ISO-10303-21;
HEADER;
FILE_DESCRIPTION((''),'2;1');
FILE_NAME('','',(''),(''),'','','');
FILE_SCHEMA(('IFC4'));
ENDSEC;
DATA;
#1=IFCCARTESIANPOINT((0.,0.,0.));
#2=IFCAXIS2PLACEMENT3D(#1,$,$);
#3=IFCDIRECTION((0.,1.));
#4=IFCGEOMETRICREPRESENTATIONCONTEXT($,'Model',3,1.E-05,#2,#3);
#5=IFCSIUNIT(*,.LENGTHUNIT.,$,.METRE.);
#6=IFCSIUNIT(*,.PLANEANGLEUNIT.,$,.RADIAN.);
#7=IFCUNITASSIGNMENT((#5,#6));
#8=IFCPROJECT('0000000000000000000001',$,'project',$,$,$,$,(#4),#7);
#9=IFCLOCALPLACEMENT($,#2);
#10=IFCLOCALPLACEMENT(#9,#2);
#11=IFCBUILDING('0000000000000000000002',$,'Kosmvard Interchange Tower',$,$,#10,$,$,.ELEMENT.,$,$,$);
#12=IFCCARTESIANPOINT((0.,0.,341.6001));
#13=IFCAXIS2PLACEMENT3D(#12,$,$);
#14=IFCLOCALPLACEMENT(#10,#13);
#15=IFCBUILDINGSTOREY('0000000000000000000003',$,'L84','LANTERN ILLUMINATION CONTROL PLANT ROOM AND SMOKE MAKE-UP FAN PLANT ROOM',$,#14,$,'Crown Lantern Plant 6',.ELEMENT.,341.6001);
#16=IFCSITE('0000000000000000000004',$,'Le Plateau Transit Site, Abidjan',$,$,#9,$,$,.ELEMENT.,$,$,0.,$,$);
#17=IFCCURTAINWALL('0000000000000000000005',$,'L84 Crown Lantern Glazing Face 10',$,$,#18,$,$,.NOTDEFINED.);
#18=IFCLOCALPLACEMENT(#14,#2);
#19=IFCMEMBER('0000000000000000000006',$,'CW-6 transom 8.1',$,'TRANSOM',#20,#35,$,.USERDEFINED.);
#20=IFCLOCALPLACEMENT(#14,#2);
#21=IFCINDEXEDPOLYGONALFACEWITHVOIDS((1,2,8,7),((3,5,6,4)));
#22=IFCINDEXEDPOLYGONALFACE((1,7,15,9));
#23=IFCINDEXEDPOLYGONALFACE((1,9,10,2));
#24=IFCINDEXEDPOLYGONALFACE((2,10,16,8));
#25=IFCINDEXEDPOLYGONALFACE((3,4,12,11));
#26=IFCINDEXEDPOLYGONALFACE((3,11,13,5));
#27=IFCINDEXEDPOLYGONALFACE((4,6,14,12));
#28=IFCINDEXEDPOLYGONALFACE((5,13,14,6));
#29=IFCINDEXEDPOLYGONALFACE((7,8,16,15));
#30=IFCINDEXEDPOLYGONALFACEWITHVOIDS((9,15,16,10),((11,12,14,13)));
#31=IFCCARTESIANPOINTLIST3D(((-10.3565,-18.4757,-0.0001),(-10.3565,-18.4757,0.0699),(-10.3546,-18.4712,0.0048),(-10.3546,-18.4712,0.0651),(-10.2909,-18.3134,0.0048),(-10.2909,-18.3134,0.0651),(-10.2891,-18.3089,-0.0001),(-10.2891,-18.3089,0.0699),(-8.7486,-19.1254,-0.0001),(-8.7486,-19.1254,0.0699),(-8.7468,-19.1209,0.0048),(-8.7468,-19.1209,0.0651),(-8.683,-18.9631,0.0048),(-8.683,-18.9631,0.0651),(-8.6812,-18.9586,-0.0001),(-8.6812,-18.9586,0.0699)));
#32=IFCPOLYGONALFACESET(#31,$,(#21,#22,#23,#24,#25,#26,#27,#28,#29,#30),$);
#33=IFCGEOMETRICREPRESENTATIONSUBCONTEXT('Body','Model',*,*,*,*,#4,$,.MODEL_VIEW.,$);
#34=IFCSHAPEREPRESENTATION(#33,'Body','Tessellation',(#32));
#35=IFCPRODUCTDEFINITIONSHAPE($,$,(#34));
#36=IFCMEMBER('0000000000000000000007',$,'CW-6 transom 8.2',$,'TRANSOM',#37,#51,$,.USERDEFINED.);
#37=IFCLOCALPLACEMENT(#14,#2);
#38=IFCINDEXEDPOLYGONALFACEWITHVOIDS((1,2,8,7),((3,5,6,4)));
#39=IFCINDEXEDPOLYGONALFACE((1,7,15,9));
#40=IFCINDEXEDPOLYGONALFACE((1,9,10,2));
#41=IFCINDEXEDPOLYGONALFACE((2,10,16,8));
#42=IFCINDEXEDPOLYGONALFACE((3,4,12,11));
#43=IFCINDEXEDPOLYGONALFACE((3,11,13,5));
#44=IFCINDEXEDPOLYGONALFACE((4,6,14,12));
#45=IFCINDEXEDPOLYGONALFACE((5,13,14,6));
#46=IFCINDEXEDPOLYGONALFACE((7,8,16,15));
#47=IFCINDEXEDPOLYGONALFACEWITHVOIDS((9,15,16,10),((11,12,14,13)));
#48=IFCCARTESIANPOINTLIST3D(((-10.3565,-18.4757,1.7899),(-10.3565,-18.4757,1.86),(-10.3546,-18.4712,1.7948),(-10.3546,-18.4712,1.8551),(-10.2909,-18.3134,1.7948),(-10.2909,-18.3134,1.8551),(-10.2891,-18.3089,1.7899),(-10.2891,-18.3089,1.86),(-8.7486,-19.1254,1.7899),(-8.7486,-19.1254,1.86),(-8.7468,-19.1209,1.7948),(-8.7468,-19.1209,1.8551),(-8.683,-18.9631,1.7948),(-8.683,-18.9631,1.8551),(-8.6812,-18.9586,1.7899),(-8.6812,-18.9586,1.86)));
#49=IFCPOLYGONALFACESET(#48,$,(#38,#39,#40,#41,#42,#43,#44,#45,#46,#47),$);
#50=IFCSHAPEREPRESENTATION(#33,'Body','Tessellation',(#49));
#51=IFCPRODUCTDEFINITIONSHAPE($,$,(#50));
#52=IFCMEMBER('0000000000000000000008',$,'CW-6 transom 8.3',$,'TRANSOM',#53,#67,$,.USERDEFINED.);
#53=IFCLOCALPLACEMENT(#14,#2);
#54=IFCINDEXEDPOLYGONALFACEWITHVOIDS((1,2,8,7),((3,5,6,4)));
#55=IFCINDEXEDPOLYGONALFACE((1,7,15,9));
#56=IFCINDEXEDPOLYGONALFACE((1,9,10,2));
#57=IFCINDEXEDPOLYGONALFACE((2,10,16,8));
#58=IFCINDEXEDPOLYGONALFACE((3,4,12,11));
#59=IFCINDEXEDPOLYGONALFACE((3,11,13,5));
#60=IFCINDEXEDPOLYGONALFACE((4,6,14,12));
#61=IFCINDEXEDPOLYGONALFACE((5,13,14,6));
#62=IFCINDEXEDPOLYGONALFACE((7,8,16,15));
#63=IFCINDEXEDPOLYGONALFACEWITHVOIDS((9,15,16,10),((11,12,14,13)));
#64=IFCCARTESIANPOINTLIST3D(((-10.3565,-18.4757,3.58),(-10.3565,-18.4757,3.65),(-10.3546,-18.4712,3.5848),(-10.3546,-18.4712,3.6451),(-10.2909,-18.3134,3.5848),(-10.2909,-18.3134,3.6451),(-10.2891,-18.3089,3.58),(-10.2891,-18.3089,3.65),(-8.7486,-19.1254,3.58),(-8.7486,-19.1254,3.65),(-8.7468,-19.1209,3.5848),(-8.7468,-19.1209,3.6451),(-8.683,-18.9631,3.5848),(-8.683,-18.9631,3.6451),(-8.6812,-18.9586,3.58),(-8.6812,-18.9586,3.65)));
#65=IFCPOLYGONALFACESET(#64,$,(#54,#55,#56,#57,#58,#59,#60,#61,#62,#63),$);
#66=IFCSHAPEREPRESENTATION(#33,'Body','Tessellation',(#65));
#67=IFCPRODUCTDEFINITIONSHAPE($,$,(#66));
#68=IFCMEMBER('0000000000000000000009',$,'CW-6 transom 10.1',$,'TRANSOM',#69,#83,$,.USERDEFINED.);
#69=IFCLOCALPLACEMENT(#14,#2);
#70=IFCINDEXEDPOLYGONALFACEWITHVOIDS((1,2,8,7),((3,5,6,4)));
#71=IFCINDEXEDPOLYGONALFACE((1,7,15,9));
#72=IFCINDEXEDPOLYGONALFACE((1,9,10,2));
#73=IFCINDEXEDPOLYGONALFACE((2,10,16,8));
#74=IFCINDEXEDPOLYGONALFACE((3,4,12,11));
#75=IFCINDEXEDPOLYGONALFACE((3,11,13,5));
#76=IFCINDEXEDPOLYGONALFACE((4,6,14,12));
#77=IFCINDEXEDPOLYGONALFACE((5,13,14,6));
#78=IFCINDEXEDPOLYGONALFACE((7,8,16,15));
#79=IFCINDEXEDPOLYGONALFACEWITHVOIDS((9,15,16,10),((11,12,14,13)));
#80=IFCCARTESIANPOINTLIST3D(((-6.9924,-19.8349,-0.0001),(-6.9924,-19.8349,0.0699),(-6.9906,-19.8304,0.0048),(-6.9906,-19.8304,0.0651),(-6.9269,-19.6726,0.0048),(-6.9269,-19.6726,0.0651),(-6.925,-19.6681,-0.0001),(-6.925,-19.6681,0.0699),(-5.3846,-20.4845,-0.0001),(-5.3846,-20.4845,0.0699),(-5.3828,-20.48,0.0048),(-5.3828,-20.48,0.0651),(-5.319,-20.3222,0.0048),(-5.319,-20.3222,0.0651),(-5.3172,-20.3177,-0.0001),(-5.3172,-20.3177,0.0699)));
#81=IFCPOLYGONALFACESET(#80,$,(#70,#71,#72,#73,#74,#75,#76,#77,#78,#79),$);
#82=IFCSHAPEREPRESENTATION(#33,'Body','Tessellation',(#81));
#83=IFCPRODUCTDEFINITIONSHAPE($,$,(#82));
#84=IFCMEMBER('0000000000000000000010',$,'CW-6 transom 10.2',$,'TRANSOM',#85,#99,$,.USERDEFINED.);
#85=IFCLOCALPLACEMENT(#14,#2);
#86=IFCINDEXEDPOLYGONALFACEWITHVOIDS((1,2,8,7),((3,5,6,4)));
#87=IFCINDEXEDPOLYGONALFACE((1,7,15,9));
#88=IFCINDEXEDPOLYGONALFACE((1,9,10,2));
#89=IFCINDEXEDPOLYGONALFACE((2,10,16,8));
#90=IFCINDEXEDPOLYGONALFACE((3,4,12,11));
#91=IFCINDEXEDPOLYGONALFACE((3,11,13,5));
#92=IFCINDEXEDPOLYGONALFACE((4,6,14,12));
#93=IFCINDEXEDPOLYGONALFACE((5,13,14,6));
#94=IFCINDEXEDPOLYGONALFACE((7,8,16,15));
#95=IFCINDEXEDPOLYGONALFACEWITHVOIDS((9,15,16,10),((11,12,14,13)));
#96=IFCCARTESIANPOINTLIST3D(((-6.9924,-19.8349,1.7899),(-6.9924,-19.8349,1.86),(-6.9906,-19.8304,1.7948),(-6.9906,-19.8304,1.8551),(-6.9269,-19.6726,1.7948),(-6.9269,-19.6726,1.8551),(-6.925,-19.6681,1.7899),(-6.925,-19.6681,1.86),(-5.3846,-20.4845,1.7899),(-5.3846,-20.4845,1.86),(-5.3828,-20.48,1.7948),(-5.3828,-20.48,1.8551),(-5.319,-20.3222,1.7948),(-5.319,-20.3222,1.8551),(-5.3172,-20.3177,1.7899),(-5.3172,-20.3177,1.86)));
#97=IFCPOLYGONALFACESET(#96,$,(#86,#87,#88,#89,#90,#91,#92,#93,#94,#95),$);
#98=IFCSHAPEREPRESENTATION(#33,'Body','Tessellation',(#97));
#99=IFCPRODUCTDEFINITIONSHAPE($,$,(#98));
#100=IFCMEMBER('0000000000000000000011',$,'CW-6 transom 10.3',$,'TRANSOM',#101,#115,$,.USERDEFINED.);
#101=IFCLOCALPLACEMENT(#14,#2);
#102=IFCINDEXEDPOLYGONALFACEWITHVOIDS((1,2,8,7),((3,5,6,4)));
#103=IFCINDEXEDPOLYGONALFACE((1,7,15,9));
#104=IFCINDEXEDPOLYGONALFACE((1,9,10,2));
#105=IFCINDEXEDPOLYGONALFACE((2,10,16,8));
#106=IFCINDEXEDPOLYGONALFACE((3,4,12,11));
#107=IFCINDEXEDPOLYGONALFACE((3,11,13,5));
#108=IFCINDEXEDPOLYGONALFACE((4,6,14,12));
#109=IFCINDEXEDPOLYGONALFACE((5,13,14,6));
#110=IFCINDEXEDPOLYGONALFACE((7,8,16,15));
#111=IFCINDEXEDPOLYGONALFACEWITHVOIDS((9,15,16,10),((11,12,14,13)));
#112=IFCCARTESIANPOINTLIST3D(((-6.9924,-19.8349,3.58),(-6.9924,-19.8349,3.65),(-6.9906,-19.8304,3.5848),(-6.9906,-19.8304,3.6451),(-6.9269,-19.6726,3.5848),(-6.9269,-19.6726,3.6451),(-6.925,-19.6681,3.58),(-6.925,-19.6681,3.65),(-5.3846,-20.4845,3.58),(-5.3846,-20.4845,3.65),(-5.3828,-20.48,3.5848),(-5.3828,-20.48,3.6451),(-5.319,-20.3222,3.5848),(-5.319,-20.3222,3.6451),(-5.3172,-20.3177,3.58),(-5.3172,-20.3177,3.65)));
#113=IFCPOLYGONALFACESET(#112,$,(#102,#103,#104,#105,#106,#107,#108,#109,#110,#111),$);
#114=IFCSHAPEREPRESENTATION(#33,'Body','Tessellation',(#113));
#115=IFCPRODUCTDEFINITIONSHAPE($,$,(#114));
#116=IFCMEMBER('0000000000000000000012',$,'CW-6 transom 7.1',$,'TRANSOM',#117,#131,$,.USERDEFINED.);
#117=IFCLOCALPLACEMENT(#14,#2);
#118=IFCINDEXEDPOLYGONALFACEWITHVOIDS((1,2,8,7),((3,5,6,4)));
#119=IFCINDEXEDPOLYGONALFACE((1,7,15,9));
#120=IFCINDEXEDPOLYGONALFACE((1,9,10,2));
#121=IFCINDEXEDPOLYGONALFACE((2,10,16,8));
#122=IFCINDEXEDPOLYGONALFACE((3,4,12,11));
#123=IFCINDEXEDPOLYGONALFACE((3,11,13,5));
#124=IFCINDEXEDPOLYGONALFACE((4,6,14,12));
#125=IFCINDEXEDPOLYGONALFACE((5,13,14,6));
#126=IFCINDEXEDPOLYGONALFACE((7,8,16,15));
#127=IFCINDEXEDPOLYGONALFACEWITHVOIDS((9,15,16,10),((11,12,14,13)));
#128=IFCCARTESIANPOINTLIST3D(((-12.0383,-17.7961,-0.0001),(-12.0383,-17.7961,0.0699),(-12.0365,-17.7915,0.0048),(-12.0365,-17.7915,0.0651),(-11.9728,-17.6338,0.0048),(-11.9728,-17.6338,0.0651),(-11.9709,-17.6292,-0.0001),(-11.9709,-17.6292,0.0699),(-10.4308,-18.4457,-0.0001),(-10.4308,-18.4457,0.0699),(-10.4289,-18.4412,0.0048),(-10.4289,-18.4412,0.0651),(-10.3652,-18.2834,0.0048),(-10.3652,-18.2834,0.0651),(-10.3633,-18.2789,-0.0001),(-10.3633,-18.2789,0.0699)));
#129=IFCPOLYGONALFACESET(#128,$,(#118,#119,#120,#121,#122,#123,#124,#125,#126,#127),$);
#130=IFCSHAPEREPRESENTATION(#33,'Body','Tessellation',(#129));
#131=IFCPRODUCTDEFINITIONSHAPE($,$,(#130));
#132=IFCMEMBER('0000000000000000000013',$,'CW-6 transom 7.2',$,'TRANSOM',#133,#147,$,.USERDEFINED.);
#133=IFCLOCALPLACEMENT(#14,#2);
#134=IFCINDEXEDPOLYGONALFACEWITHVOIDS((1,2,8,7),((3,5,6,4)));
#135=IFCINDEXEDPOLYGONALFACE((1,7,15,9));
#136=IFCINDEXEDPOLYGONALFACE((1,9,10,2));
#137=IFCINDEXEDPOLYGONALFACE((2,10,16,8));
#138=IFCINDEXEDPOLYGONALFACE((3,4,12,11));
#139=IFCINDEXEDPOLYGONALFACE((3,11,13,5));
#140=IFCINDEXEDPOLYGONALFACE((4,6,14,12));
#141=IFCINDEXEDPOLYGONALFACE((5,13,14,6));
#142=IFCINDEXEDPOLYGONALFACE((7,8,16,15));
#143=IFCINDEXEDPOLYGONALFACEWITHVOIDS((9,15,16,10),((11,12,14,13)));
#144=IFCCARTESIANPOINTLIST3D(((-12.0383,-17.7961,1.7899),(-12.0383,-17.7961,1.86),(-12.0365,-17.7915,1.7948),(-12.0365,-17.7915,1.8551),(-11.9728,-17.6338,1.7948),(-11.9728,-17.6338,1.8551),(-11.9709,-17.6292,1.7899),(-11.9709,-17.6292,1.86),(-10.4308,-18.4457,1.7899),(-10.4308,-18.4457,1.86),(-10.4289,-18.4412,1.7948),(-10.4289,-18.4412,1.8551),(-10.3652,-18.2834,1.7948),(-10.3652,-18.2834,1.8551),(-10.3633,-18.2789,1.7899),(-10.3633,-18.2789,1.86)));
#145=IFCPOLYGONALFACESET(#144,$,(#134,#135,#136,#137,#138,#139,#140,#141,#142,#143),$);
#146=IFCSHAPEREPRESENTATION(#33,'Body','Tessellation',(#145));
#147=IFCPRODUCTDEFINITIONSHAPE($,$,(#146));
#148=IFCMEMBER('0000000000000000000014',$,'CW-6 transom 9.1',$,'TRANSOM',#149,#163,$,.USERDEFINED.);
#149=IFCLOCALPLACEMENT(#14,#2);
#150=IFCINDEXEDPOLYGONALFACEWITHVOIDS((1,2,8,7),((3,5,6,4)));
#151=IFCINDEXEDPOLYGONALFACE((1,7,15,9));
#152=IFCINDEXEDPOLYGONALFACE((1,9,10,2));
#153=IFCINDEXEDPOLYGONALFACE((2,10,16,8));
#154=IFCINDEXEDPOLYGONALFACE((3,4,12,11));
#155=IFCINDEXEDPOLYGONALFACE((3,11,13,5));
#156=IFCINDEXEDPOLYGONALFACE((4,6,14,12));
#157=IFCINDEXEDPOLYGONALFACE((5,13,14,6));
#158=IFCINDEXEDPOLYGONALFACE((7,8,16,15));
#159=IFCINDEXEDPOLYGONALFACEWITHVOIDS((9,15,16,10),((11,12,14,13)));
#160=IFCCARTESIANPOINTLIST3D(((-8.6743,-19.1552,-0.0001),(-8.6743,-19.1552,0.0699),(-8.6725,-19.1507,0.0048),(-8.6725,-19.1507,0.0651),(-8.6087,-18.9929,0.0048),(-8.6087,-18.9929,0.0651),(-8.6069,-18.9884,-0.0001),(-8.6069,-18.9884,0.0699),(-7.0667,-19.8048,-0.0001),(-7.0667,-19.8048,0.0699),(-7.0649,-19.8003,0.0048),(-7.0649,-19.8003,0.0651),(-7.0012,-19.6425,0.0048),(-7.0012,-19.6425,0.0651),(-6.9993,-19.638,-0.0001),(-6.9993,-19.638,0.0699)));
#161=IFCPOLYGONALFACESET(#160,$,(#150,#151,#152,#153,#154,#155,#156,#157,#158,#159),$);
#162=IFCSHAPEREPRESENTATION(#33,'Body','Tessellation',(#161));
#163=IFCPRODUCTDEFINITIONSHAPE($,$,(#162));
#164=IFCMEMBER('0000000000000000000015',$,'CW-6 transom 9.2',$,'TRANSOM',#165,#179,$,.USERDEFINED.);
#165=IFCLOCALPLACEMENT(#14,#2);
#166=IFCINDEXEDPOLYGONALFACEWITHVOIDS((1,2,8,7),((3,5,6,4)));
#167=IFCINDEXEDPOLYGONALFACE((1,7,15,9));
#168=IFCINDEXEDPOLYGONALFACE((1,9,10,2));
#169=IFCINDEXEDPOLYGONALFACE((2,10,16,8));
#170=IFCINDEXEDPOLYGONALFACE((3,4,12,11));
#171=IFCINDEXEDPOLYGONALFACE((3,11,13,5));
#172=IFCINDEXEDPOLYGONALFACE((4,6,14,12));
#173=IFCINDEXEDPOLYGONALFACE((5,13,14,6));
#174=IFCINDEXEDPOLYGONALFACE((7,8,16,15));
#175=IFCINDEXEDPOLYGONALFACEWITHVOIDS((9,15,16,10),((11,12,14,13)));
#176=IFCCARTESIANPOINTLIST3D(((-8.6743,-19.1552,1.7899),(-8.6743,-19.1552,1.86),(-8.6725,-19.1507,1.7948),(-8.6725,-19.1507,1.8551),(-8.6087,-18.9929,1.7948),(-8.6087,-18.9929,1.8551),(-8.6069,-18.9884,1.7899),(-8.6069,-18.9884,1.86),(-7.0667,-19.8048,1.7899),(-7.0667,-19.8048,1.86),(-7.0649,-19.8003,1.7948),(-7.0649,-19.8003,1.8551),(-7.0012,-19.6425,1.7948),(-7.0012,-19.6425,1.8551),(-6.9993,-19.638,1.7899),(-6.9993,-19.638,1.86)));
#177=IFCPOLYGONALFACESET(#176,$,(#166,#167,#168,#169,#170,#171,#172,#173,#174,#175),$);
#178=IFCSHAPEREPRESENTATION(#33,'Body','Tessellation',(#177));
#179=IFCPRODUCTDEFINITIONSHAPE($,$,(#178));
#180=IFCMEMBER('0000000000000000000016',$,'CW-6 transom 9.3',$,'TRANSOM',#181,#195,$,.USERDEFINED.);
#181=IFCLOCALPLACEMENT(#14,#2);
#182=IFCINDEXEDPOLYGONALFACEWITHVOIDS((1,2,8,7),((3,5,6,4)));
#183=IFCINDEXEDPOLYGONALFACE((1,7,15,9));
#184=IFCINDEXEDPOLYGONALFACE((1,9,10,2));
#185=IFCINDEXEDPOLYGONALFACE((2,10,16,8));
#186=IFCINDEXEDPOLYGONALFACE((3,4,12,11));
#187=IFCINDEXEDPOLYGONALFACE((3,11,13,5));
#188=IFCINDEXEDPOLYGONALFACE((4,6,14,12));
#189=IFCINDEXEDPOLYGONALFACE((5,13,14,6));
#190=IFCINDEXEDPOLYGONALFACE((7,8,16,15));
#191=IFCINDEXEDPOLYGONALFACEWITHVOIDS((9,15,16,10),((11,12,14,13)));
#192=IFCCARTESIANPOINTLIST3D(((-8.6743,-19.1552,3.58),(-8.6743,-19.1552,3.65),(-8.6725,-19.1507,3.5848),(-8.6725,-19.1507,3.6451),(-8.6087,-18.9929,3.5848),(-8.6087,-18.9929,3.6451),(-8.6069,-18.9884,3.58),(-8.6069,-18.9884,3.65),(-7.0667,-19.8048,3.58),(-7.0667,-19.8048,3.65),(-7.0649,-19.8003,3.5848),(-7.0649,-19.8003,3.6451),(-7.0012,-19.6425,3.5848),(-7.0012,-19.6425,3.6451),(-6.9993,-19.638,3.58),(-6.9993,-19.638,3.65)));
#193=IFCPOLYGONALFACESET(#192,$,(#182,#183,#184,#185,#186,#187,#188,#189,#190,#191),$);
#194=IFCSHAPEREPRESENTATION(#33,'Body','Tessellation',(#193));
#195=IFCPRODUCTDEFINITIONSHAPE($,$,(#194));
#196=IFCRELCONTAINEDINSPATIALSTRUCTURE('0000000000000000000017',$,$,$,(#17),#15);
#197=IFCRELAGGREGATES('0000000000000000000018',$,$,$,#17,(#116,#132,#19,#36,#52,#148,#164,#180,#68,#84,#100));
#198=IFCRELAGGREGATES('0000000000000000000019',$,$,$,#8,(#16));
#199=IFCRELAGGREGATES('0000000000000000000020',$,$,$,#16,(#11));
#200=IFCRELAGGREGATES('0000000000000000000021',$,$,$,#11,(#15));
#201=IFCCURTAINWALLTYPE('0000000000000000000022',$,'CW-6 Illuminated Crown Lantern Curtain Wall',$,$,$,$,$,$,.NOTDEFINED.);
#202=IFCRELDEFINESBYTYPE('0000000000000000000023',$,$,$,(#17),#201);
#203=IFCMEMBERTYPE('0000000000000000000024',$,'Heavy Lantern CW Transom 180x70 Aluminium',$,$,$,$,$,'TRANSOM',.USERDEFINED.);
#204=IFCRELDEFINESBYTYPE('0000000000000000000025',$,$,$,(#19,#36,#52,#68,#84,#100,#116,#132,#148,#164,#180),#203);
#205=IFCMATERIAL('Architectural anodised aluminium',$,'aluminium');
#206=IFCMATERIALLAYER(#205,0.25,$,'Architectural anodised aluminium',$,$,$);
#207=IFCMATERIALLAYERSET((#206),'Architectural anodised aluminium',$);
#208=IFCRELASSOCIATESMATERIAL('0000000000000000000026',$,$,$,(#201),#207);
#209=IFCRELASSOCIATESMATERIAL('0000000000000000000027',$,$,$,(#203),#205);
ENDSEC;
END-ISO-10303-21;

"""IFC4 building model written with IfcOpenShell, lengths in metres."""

from ifc_helpers import new_model, si_unit, direction, frame, origin, origin_2d, place, context, subcontext, project, spatial, hollow_rectangle, extrude, source, transform, mapped, material, layer, layer_set, material_profile, profile_set, type_object, element, aggregate, save


model = new_model("IFC4")

# Units and contexts
model_context = context("Model", 3, precision=1e-05, world=origin(), true_north=direction((0.0, 1.0)))
body_context = subcontext(model_context, "Body", "Model", "MODEL_VIEW")
ifc_project = project(units=[si_unit("LENGTHUNIT", "METRE"), si_unit("PLANEANGLEUNIT", "RADIAN")], contexts=[model_context])

# Site, building, storey
site_placement = place(None, origin())
site = spatial("IfcSite", under=ifc_project, at=site_placement, Name="Le Plateau Transit Site, Abidjan", CompositionType="ELEMENT", RefElevation=0.0)
building_placement = place(site_placement, origin())
building = spatial("IfcBuilding", under=site, at=building_placement, Name="Kosmvard Interchange Tower", CompositionType="ELEMENT")
storey_placement = place(building_placement, frame((0.0, 0.0, 341.6001)))
storey = spatial("IfcBuildingStorey", under=building, at=storey_placement, Name="L84", Description="LANTERN ILLUMINATION CONTROL PLANT ROOM AND SMOKE MAKE-UP FAN PLANT ROOM", LongName="Crown Lantern Plant 6", CompositionType="ELEMENT", Elevation=341.6001)

# Curtain wall, members
ifc_material_1 = material(Name="Architectural anodised aluminium", Category="aluminium")
ifc_layer_1 = layer(ifc_material_1, 0.25, Name="Architectural anodised aluminium")
ifc_layer_set_1 = layer_set([ifc_layer_1], Name="Architectural anodised aluminium")
curtain_wall_type = type_object("IfcCurtainWallType", Name="CW-6 Illuminated Crown Lantern Curtain Wall", PredefinedType="NOTDEFINED", material=ifc_layer_set_1)
curtain_wall_placement = place(storey_placement, origin())
curtain_wall = element("IfcCurtainWall", 1, at=curtain_wall_placement, inside=storey, type_object=curtain_wall_type, Name="L84 Crown Lantern Glazing Face 10", PredefinedType="NOTDEFINED")
ifc_material_profile_1 = material_profile(ifc_material_1, hollow_rectangle(XDim=0.1799, YDim=0.0701, WallThickness=0.0049, at=origin_2d()), Name="CWT 180x70x5")
ifc_profile_set_1 = profile_set([ifc_material_profile_1], Name="Architectural anodised aluminium")
member_type_1 = type_object("IfcMemberType", Name="Heavy Lantern CW Transom 180x70 Aluminium", ElementType="TRANSOM", PredefinedType="USERDEFINED", material=ifc_profile_set_1)
shared_shape_1 = source(origin(), body_context, "Body", "SweptSolid", [
    extrude(hollow_rectangle(XDim=0.1799, YDim=0.0701, WallThickness=0.0049, at=origin_2d()), origin(), (0.0, 0.0, 1.0), 1.7341),
])
member_1_placement = place(storey_placement, frame((-10.3228, -18.3923, 0.0349), z_axis=(0.92718, -0.374617, 0.0), x_axis=(0.374617, 0.92718, 0.0)))
member_1 = element("IfcMember", 2, at=member_1_placement, type_object=member_type_1, Name="CW-6 transom 8.1", ObjectType="TRANSOM", PredefinedType="USERDEFINED", context=body_context, shape_type="MappedRepresentation", body=[
    mapped(shared_shape_1, transform((0.0, 0.0, 0.0), scale=1.0)),
])
member_2_placement = place(storey_placement, frame((-10.3228, -18.3923, 1.825), z_axis=(0.92718, -0.374617, 0.0), x_axis=(0.374617, 0.92718, 0.0)))
member_2 = element("IfcMember", 3, at=member_2_placement, type_object=member_type_1, Name="CW-6 transom 8.2", ObjectType="TRANSOM", PredefinedType="USERDEFINED", context=body_context, shape_type="MappedRepresentation", body=[
    mapped(shared_shape_1, transform((0.0, 0.0, 0.0), scale=1.0)),
])
member_3_placement = place(storey_placement, frame((-10.3228, -18.3923, 3.615), z_axis=(0.92718, -0.374617, 0.0), x_axis=(0.374617, 0.92718, 0.0)))
member_3 = element("IfcMember", 4, at=member_3_placement, type_object=member_type_1, Name="CW-6 transom 8.3", ObjectType="TRANSOM", PredefinedType="USERDEFINED", context=body_context, shape_type="MappedRepresentation", body=[
    mapped(shared_shape_1, transform((0.0, 0.0, 0.0), scale=1.0)),
])
member_4_placement = place(storey_placement, frame((-6.9587, -19.7515, 0.0349), z_axis=(0.92718, -0.374617, 0.0), x_axis=(0.374617, 0.92718, 0.0)))
member_4 = element("IfcMember", 5, at=member_4_placement, type_object=member_type_1, Name="CW-6 transom 10.1", ObjectType="TRANSOM", PredefinedType="USERDEFINED", context=body_context, shape_type="MappedRepresentation", body=[
    mapped(shared_shape_1, transform((0.0, 0.0, 0.0), scale=1.0)),
])
member_5_placement = place(storey_placement, frame((-6.9587, -19.7515, 1.825), z_axis=(0.92718, -0.374617, 0.0), x_axis=(0.374617, 0.92718, 0.0)))
member_5 = element("IfcMember", 6, at=member_5_placement, type_object=member_type_1, Name="CW-6 transom 10.2", ObjectType="TRANSOM", PredefinedType="USERDEFINED", context=body_context, shape_type="MappedRepresentation", body=[
    mapped(shared_shape_1, transform((0.0, 0.0, 0.0), scale=1.0)),
])
member_6_placement = place(storey_placement, frame((-6.9587, -19.7515, 3.615), z_axis=(0.92718, -0.374617, 0.0), x_axis=(0.374617, 0.92718, 0.0)))
member_6 = element("IfcMember", 7, at=member_6_placement, type_object=member_type_1, Name="CW-6 transom 10.3", ObjectType="TRANSOM", PredefinedType="USERDEFINED", context=body_context, shape_type="MappedRepresentation", body=[
    mapped(shared_shape_1, transform((0.0, 0.0, 0.0), scale=1.0)),
])
shared_shape_2 = source(origin(), body_context, "Body", "SweptSolid", [
    extrude(hollow_rectangle(XDim=0.1799, YDim=0.0701, WallThickness=0.0049, at=origin_2d()), origin(), (0.0, 0.0, 1.0), 1.7339),
])
member_7_placement = place(storey_placement, frame((-12.0046, -17.7126, 0.0349), z_axis=(0.92716, -0.374666, 0.0), x_axis=(0.374666, 0.92716, 0.0)))
member_7 = element("IfcMember", 8, at=member_7_placement, type_object=member_type_1, Name="CW-6 transom 7.1", ObjectType="TRANSOM", PredefinedType="USERDEFINED", context=body_context, shape_type="MappedRepresentation", body=[
    mapped(shared_shape_2, transform((0.0, 0.0, 0.0), scale=1.0)),
])
member_8_placement = place(storey_placement, frame((-12.0046, -17.7126, 1.825), z_axis=(0.92716, -0.374666, 0.0), x_axis=(0.374666, 0.92716, 0.0)))
member_8 = element("IfcMember", 9, at=member_8_placement, type_object=member_type_1, Name="CW-6 transom 7.2", ObjectType="TRANSOM", PredefinedType="USERDEFINED", context=body_context, shape_type="MappedRepresentation", body=[
    mapped(shared_shape_2, transform((0.0, 0.0, 0.0), scale=1.0)),
])
member_9_placement = place(storey_placement, frame((-8.6406, -19.0718, 0.0349), z_axis=(0.92716, -0.374666, 0.0), x_axis=(0.374666, 0.92716, 0.0)))
member_9 = element("IfcMember", 10, at=member_9_placement, type_object=member_type_1, Name="CW-6 transom 9.1", ObjectType="TRANSOM", PredefinedType="USERDEFINED", context=body_context, shape_type="MappedRepresentation", body=[
    mapped(shared_shape_2, transform((0.0, 0.0, 0.0), scale=1.0)),
])
member_10_placement = place(storey_placement, frame((-8.6406, -19.0718, 1.825), z_axis=(0.92716, -0.374666, 0.0), x_axis=(0.374666, 0.92716, 0.0)))
member_10 = element("IfcMember", 11, at=member_10_placement, type_object=member_type_1, Name="CW-6 transom 9.2", ObjectType="TRANSOM", PredefinedType="USERDEFINED", context=body_context, shape_type="MappedRepresentation", body=[
    mapped(shared_shape_2, transform((0.0, 0.0, 0.0), scale=1.0)),
])
member_11_placement = place(storey_placement, frame((-8.6406, -19.0718, 3.615), z_axis=(0.92716, -0.374666, 0.0), x_axis=(0.374666, 0.92716, 0.0)))
member_11 = element("IfcMember", 12, at=member_11_placement, type_object=member_type_1, Name="CW-6 transom 9.3", ObjectType="TRANSOM", PredefinedType="USERDEFINED", context=body_context, shape_type="MappedRepresentation", body=[
    mapped(shared_shape_2, transform((0.0, 0.0, 0.0), scale=1.0)),
])
aggregate(curtain_wall, [member_7, member_8, member_1, member_2, member_3, member_9, member_10, member_11, member_4, member_5, member_6])

save(model, "model.ifc")
